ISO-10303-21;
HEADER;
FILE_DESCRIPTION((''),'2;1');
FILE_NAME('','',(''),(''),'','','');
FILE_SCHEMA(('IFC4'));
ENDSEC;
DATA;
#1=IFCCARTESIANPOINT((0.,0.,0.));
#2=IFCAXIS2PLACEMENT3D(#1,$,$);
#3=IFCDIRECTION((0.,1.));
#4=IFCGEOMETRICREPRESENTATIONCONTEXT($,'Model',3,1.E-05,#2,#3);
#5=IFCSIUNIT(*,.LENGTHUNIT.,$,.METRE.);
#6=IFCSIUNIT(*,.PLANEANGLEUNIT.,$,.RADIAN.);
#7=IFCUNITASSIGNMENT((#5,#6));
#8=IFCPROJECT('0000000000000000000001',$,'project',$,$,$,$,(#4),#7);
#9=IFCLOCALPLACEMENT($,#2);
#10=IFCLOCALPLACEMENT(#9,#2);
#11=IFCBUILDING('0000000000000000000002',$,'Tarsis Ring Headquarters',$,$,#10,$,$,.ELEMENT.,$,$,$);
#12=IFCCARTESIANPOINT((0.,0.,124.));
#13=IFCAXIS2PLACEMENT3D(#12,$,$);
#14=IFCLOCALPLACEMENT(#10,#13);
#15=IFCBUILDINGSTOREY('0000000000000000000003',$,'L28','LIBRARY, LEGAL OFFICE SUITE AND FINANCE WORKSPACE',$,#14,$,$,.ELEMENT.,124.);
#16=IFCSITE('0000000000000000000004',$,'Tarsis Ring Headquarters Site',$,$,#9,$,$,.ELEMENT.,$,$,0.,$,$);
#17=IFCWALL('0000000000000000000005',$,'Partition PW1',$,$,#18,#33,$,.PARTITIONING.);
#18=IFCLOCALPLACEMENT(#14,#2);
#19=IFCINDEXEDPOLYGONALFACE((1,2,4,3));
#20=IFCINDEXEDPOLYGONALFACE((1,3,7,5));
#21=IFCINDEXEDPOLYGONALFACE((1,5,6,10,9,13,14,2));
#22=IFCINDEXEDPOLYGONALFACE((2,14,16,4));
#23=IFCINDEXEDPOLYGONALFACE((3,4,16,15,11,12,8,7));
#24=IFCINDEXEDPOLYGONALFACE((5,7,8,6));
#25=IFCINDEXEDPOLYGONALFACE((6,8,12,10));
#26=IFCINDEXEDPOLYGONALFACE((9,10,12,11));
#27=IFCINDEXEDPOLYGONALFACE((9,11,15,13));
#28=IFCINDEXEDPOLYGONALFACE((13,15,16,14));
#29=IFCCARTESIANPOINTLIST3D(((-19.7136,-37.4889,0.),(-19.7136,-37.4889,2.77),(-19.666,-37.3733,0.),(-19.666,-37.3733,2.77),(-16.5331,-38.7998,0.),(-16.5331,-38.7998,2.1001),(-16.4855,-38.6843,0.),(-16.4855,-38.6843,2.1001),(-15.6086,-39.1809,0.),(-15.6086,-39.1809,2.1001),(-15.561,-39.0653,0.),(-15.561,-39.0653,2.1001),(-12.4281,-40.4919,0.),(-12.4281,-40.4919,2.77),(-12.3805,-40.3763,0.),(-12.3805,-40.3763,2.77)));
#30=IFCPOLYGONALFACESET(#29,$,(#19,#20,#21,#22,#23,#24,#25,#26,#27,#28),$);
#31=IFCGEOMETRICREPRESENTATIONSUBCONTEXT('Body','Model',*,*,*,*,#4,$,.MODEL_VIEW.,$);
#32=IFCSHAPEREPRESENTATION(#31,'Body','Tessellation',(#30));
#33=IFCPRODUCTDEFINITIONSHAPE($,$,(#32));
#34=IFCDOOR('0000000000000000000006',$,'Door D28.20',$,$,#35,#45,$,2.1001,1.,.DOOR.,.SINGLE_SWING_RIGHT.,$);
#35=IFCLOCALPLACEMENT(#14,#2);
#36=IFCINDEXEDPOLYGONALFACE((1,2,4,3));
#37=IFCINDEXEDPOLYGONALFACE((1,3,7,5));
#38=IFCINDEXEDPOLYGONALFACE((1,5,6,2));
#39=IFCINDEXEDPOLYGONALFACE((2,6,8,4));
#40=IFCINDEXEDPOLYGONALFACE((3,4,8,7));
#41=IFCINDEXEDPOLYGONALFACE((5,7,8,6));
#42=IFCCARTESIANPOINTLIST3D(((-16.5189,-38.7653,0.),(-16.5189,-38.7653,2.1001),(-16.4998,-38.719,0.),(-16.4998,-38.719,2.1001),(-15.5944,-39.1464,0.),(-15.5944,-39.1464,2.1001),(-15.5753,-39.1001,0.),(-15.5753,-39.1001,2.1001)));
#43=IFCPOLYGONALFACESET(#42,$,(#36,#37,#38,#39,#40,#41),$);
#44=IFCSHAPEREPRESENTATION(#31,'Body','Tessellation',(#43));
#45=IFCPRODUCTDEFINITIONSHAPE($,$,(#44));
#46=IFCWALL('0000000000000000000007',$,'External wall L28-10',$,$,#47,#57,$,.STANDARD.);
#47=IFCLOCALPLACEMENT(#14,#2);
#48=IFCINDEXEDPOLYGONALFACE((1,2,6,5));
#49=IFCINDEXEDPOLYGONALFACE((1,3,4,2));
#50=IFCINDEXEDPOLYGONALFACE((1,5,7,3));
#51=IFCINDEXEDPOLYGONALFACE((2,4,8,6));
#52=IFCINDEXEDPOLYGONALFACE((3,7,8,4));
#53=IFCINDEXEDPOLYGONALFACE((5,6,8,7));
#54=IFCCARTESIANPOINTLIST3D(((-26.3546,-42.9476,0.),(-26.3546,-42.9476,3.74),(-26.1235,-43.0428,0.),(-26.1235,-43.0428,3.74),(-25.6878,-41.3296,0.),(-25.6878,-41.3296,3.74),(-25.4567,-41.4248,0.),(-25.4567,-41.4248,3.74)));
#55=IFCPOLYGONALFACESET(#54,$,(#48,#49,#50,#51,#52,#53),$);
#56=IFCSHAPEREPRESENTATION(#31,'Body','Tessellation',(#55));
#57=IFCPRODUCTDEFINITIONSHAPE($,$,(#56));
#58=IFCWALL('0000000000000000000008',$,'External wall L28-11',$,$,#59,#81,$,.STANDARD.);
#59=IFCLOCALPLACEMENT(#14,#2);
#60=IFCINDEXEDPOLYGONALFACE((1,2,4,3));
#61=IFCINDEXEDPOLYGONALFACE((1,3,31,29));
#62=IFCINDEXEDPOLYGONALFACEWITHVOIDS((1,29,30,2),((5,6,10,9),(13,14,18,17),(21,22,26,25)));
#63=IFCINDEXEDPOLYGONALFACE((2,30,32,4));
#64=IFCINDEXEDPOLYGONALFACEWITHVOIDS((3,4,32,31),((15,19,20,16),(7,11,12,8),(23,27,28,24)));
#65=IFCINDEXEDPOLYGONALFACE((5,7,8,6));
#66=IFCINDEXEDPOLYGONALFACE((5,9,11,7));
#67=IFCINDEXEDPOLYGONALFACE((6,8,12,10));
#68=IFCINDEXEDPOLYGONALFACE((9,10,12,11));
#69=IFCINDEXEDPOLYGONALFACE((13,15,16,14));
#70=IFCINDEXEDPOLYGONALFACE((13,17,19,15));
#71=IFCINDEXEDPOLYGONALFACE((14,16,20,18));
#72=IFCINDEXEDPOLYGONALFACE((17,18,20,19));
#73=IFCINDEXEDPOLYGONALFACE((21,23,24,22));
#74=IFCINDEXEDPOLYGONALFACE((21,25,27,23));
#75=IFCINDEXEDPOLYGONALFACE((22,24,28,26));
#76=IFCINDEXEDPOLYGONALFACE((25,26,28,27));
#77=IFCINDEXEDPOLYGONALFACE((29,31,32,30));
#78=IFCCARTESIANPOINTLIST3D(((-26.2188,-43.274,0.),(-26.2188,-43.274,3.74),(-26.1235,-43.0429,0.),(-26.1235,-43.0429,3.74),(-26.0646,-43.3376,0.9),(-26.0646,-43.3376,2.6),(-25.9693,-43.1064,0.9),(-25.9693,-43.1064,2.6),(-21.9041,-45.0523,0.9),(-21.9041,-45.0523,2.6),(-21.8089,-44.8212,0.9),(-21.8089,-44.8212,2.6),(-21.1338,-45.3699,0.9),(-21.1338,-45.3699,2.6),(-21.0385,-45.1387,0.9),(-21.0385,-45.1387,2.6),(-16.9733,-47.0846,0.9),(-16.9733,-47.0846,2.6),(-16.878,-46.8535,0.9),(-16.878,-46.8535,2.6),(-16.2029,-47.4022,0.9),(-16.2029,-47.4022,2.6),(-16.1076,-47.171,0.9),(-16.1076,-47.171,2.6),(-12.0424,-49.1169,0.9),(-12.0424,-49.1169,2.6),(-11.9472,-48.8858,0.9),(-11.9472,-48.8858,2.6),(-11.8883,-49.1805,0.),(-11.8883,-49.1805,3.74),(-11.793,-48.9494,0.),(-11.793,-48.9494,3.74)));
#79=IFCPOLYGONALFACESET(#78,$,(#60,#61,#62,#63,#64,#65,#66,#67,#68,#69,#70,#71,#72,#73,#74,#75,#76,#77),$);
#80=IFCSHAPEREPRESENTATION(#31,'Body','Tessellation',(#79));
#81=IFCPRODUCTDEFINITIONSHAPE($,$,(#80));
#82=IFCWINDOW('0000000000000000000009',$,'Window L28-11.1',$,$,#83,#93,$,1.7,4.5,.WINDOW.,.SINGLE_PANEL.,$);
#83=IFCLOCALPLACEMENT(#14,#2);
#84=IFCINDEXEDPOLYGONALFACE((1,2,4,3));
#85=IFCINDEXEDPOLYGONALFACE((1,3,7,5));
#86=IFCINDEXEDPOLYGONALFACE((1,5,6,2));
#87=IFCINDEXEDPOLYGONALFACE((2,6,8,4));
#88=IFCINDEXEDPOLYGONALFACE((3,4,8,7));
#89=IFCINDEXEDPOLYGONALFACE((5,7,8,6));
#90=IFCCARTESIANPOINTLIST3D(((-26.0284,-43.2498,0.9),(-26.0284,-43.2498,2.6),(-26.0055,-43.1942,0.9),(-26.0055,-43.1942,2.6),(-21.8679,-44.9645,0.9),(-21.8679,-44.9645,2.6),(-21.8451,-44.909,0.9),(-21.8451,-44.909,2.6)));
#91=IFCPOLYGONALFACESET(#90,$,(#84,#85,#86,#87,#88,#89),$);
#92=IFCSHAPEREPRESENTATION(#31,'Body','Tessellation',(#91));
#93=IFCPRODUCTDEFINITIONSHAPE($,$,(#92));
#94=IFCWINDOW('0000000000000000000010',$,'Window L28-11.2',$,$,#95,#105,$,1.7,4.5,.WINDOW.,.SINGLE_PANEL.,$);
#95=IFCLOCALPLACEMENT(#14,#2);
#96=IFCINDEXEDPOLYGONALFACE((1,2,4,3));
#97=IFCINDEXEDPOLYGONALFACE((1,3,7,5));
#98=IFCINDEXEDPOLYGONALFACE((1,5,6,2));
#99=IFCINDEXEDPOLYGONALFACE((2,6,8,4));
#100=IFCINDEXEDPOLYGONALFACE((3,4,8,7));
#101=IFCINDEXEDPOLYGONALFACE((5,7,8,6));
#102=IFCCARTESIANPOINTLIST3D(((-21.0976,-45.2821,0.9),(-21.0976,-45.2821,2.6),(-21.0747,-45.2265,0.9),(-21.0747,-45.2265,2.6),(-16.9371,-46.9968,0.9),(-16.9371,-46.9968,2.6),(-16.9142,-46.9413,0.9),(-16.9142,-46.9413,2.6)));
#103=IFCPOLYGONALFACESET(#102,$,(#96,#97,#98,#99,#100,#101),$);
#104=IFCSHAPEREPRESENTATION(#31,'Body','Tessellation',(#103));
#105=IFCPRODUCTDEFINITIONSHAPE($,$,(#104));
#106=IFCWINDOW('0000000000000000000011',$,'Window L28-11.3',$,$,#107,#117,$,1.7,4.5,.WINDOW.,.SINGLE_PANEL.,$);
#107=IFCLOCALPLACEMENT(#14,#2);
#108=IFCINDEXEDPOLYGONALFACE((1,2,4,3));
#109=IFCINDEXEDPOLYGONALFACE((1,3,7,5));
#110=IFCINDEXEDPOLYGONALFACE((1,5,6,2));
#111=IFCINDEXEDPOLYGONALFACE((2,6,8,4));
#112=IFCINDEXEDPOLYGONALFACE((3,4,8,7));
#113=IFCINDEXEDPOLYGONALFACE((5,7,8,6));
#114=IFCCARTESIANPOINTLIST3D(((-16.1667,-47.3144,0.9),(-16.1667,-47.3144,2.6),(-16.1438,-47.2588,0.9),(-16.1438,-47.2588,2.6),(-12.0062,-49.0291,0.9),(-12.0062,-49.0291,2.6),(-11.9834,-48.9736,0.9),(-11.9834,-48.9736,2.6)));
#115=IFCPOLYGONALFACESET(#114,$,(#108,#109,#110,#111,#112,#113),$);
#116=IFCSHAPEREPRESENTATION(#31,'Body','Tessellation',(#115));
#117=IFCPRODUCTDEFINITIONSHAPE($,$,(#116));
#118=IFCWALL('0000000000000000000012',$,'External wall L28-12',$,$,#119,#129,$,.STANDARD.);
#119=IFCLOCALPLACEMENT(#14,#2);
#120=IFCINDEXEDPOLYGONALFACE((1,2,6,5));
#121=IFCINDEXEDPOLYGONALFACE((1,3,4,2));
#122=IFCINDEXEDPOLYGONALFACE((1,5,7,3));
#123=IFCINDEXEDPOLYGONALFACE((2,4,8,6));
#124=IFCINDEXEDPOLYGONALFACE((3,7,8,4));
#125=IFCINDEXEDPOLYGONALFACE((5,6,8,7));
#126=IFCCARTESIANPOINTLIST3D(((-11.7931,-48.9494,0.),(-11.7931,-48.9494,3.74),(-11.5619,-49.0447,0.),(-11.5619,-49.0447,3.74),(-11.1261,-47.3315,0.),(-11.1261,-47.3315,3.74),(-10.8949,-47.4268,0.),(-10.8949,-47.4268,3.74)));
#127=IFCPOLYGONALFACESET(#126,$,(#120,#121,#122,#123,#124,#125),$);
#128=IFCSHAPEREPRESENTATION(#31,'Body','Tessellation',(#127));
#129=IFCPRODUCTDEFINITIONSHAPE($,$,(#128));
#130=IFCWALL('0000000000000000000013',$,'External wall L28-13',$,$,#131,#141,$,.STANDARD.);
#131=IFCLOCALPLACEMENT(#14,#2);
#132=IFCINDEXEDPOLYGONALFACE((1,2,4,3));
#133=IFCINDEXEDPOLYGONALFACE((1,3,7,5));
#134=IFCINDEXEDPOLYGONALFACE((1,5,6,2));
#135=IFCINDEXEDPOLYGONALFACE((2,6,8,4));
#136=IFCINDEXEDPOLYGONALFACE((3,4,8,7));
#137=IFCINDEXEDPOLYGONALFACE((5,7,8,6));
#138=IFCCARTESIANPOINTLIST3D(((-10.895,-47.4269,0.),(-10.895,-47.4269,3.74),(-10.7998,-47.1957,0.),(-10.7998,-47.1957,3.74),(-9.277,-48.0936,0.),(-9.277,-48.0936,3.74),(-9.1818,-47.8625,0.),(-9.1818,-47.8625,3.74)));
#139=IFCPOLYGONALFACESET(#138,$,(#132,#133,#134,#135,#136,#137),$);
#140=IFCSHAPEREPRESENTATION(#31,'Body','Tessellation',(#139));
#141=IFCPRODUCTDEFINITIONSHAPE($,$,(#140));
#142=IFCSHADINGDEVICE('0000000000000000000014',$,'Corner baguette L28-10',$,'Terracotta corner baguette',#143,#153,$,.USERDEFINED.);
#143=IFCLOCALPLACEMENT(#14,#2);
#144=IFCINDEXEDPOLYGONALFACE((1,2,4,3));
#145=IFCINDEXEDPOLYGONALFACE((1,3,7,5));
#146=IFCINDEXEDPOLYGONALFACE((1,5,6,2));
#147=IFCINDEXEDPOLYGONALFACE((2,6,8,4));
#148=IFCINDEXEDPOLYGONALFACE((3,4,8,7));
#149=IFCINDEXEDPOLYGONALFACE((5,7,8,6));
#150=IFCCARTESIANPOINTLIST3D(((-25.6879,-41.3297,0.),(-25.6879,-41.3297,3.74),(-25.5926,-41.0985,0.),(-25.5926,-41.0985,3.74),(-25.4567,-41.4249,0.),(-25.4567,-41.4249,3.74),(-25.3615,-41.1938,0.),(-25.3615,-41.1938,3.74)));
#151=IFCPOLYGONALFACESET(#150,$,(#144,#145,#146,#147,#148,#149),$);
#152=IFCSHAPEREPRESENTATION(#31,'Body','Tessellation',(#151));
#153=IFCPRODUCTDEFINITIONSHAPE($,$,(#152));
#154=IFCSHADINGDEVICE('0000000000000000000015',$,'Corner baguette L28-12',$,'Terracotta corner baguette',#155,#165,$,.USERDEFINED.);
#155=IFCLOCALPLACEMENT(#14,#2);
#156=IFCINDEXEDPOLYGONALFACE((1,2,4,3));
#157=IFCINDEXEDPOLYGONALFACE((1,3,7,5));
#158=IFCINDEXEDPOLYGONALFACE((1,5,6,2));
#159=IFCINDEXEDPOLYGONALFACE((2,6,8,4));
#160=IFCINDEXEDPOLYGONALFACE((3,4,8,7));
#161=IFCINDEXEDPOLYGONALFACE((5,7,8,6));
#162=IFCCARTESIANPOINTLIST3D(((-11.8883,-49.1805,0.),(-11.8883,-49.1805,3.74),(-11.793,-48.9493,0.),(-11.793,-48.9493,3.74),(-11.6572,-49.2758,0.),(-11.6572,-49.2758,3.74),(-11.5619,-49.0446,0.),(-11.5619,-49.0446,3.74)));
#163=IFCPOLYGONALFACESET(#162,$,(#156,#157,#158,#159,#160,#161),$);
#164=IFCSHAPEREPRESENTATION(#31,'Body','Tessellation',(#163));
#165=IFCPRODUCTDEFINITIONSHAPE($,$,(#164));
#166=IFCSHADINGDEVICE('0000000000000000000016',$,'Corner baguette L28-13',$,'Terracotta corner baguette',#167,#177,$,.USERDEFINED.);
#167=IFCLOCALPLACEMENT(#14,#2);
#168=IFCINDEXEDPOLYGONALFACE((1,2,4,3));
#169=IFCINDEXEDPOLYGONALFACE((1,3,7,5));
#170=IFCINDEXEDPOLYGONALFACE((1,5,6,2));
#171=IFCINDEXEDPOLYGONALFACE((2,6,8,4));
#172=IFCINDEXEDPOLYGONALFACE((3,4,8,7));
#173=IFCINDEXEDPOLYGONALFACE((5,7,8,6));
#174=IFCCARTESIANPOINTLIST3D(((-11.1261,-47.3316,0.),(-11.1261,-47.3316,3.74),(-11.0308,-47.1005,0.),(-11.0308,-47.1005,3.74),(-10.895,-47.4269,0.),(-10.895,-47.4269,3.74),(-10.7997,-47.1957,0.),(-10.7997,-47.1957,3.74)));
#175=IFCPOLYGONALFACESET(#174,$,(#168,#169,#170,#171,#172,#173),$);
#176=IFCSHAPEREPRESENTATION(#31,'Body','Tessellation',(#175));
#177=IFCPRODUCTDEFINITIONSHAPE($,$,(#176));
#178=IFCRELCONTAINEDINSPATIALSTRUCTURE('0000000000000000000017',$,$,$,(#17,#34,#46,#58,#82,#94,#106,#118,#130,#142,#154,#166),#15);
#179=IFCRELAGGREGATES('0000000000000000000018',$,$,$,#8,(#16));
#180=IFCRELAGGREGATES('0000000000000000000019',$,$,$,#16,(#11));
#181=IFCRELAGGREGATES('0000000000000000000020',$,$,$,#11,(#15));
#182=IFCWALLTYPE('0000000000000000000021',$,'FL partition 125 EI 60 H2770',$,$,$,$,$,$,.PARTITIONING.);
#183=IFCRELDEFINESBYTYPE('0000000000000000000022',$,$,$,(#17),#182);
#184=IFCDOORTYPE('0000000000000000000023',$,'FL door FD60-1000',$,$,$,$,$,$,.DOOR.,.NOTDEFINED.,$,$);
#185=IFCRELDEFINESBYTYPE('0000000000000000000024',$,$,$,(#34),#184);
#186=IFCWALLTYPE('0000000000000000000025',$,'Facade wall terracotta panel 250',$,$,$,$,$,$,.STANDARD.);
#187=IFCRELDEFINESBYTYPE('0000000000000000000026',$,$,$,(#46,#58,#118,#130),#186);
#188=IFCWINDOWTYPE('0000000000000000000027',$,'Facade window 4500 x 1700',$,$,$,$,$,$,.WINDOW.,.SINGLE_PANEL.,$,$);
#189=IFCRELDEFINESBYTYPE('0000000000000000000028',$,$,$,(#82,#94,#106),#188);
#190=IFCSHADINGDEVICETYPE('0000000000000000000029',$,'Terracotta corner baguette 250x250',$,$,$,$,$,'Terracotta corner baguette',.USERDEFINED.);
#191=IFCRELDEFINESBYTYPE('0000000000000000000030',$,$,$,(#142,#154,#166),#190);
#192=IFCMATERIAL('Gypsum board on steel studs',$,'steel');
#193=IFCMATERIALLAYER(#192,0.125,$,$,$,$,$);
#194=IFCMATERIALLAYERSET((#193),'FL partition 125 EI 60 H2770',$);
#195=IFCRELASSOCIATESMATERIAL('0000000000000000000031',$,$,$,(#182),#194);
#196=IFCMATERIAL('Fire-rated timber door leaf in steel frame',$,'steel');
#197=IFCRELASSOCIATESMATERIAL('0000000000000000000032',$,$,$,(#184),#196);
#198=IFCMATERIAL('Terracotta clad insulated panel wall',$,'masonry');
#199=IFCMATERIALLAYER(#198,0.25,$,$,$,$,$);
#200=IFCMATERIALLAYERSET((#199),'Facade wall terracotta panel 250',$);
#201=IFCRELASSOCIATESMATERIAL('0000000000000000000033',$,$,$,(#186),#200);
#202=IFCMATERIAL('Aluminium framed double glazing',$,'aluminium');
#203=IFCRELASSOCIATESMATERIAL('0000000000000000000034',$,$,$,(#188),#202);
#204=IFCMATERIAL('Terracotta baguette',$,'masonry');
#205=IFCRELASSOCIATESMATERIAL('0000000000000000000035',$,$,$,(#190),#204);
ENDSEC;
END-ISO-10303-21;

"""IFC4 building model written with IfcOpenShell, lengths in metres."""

from ifc_helpers import new_model, si_unit, direction, frame, frame_2d, origin, origin_2d, place, context, subcontext, project, spatial, rectangle, extrude, material, layer, layer_set, type_object, element, fill, save


model = new_model("IFC4")

# Units and contexts
model_context = context("Model", 3, precision=1e-05, world=origin(), true_north=direction((0.0, 1.0)))
body_context = subcontext(model_context, "Body", "Model", "MODEL_VIEW")
ifc_project = project(units=[si_unit("LENGTHUNIT", "METRE"), si_unit("PLANEANGLEUNIT", "RADIAN")], contexts=[model_context])

# Site, building, storey
site_placement = place(None, origin())
site = spatial("IfcSite", under=ifc_project, at=site_placement, Name="Tarsis Ring Headquarters Site", CompositionType="ELEMENT", RefElevation=0.0)
building_placement = place(site_placement, origin())
building = spatial("IfcBuilding", under=site, at=building_placement, Name="Tarsis Ring Headquarters", CompositionType="ELEMENT")
storey_placement = place(building_placement, frame((0.0, 0.0, 124.0)))
storey = spatial("IfcBuildingStorey", under=building, at=storey_placement, Name="L28", Description="LIBRARY, LEGAL OFFICE SUITE AND FINANCE WORKSPACE", CompositionType="ELEMENT", Elevation=124.0)

# Shared definitions
ifc_material_1 = material(Name="Gypsum board on steel studs", Category="steel")

# Shared definitions
ifc_layer_1 = layer(ifc_material_1, 0.125)
ifc_layer_set_1 = layer_set([ifc_layer_1], Name="FL partition 125 EI 60 H2770")
wall_type_1 = type_object("IfcWallType", Name="FL partition 125 EI 60 H2770", PredefinedType="PARTITIONING", material=ifc_layer_set_1)
ifc_material_2 = material(Name="Fire-rated timber door leaf in steel frame", Category="steel")
door_type_1 = type_object("IfcDoorType", Name="FL door FD60-1000", OperationType="NOTDEFINED", PredefinedType="DOOR", material=ifc_material_2)

# Wall, opening, door
wall_1_placement = place(storey_placement, frame((-19.6897, -37.4312, 0.0), z_axis=(0.0, 0.0, 1.0), x_axis=(0.924541, -0.381082, 0.0)))
wall_1 = element("IfcWall", 1, at=wall_1_placement, inside=storey, type_object=wall_type_1, Name="Partition PW1", PredefinedType="PARTITIONING", context=body_context, shape_type="SweptSolid", body=[
    extrude(rectangle(XDim=7.8801, YDim=0.125, at=frame_2d((3.9399, 0.0))), origin(), (0.0, 0.0, 1.0), 2.77),
])
opening_1_placement = place(wall_1_placement, frame((3.4399, 0.0, 0.0)))
opening_1 = element("IfcOpeningElement", 2, at=opening_1_placement, cuts=wall_1, PredefinedType="OPENING", context=body_context, shape_type="SweptSolid", body=[
    extrude(rectangle(XDim=1.0, YDim=2.1001, at=frame_2d((0.5, 1.05))), frame((0.0, 0.0725, 0.0), z_axis=(0.0, -1.0, 0.0), x_axis=(1.0, 0.0, 0.0)), (0.0, 0.0, 1.0), 0.145),
])
door_1_placement = place(opening_1_placement, origin())
door_1 = element("IfcDoor", 3, at=door_1_placement, inside=storey, type_object=door_type_1, Name="Door D28.20", OperationType="SINGLE_SWING_RIGHT", OverallHeight=2.1001, OverallWidth=1.0, PredefinedType="DOOR", context=body_context, shape_type="SweptSolid", body=[
    extrude(rectangle(XDim=1.0, YDim=2.1001, at=frame_2d((0.5, 1.05))), frame((0.0, 0.0249, 0.0), z_axis=(0.0, -1.0, 0.0), x_axis=(1.0, 0.0, 0.0)), (0.0, 0.0, 1.0), 0.05),
])
fill(opening_1, door_1)

# Wall
ifc_material_3 = material(Name="Terracotta clad insulated panel wall", Category="masonry")
ifc_layer_2 = layer(ifc_material_3, 0.25)
ifc_layer_set_2 = layer_set([ifc_layer_2], Name="Facade wall terracotta panel 250")
wall_type_2 = type_object("IfcWallType", Name="Facade wall terracotta panel 250", PredefinedType="STANDARD", material=ifc_layer_set_2)
wall_2_placement = place(storey_placement, frame((-25.5723, -41.3772, 0.0), z_axis=(0.0, 0.0, 1.0), x_axis=(-0.381016, -0.924568, 0.0)))
element("IfcWall", 4, at=wall_2_placement, inside=storey, type_object=wall_type_2, Name="External wall L28-10", PredefinedType="STANDARD", context=body_context, shape_type="SweptSolid", body=[
    extrude(rectangle(XDim=1.75, YDim=0.25, at=frame_2d((0.875, 0.0))), origin(), (0.0, 0.0, 1.0), 3.74),
])

# Wall, openings, windows
wall_3_placement = place(storey_placement, frame((-26.1711, -43.1584, 0.0), z_axis=(0.0, 0.0, 1.0), x_axis=(0.924549, -0.381063, 0.0)))
wall_3 = element("IfcWall", 5, at=wall_3_placement, inside=storey, type_object=wall_type_2, Name="External wall L28-11", PredefinedType="STANDARD", context=body_context, shape_type="SweptSolid", body=[
    extrude(rectangle(XDim=15.5, YDim=0.25, at=frame_2d((7.75, 0.0))), origin(), (0.0, 0.0, 1.0), 3.74),
])
opening_2_placement = place(wall_3_placement, frame((0.1667, 0.0, 0.8999)))
opening_2 = element("IfcOpeningElement", 6, at=opening_2_placement, cuts=wall_3, PredefinedType="OPENING", context=body_context, shape_type="SweptSolid", body=[
    extrude(rectangle(XDim=4.5, YDim=1.7, at=frame_2d((2.25, 0.8501))), frame((0.0, 0.135, 0.0), z_axis=(0.0, -1.0, 0.0), x_axis=(1.0, 0.0, 0.0)), (0.0, 0.0, 1.0), 0.27),
])
opening_3_placement = place(wall_3_placement, frame((5.5, 0.0, 0.8999)))
opening_3 = element("IfcOpeningElement", 7, at=opening_3_placement, cuts=wall_3, PredefinedType="OPENING", context=body_context, shape_type="SweptSolid", body=[
    extrude(rectangle(XDim=4.5, YDim=1.7, at=frame_2d((2.25, 0.8501))), frame((0.0, 0.135, 0.0), z_axis=(0.0, -1.0, 0.0), x_axis=(1.0, 0.0, 0.0)), (0.0, 0.0, 1.0), 0.27),
])
opening_4_placement = place(wall_3_placement, frame((10.8333, 0.0, 0.8999)))
opening_4 = element("IfcOpeningElement", 8, at=opening_4_placement, cuts=wall_3, PredefinedType="OPENING", context=body_context, shape_type="SweptSolid", body=[
    extrude(rectangle(XDim=4.5, YDim=1.7, at=frame_2d((2.25, 0.8501))), frame((0.0, 0.135, 0.0), z_axis=(0.0, -1.0, 0.0), x_axis=(1.0, 0.0, 0.0)), (0.0, 0.0, 1.0), 0.27),
])
ifc_material_4 = material(Name="Aluminium framed double glazing", Category="aluminium")
window_type = type_object("IfcWindowType", Name="Facade window 4500 x 1700", PartitioningType="SINGLE_PANEL", PredefinedType="WINDOW", material=ifc_material_4)
window_1_placement = place(opening_2_placement, origin())
window_1 = element("IfcWindow", 9, at=window_1_placement, inside=storey, type_object=window_type, Name="Window L28-11.1", OverallHeight=1.7, OverallWidth=4.5, PartitioningType="SINGLE_PANEL", PredefinedType="WINDOW", context=body_context, shape_type="SweptSolid", body=[
    extrude(rectangle(XDim=4.5, YDim=1.7, at=frame_2d((2.25, 0.8501))), frame((0.0, 0.03, 0.0), z_axis=(0.0, -1.0, 0.0), x_axis=(1.0, 0.0, 0.0)), (0.0, 0.0, 1.0), 0.0601),
])
fill(opening_2, window_1)
window_2_placement = place(opening_3_placement, origin())
window_2 = element("IfcWindow", 10, at=window_2_placement, inside=storey, type_object=window_type, Name="Window L28-11.2", OverallHeight=1.7, OverallWidth=4.5, PartitioningType="SINGLE_PANEL", PredefinedType="WINDOW", context=body_context, shape_type="SweptSolid", body=[
    extrude(rectangle(XDim=4.5, YDim=1.7, at=frame_2d((2.25, 0.8501))), frame((0.0, 0.03, 0.0), z_axis=(0.0, -1.0, 0.0), x_axis=(1.0, 0.0, 0.0)), (0.0, 0.0, 1.0), 0.0601),
])
fill(opening_3, window_2)
window_3_placement = place(opening_4_placement, origin())
window_3 = element("IfcWindow", 11, at=window_3_placement, inside=storey, type_object=window_type, Name="Window L28-11.3", OverallHeight=1.7, OverallWidth=4.5, PartitioningType="SINGLE_PANEL", PredefinedType="WINDOW", context=body_context, shape_type="SweptSolid", body=[
    extrude(rectangle(XDim=4.5, YDim=1.7, at=frame_2d((2.25, 0.8501))), frame((0.0, 0.03, 0.0), z_axis=(0.0, -1.0, 0.0), x_axis=(1.0, 0.0, 0.0)), (0.0, 0.0, 1.0), 0.0601),
])
fill(opening_4, window_3)

# Walls
for number, where, z_axis, x_axis, name in (
    (12, (-11.6775, -48.9971, 0.0), (0.0, 0.0, 1.0), (0.381136, 0.924519, 0.0), "External wall L28-12"),
    (13, (-10.8474, -47.3113, 0.0), (0.0, 0.0, 1.0), (0.924568, -0.381016, 0.0), "External wall L28-13"),
):
    element("IfcWall", number, at=place(storey_placement, frame(where, z_axis=z_axis, x_axis=x_axis)), inside=storey, type_object=wall_type_2, Name=name, PredefinedType="STANDARD", context=body_context, shape_type="SweptSolid", body=[
        extrude(rectangle(XDim=1.75, YDim=0.25, at=frame_2d((0.875, 0.0))), origin(), (0.0, 0.0, 1.0), 3.74),
    ])

# Shading devices
ifc_material_5 = material(Name="Terracotta baguette", Category="masonry")
shading_device_type_1 = type_object("IfcShadingDeviceType", Name="Terracotta corner baguette 250x250", ElementType="Terracotta corner baguette", PredefinedType="USERDEFINED", material=ifc_material_5)
for number, where, z_axis, x_axis, name in (
    (14, (-25.5247, -41.2617, 0.0), (0.0, 0.0, 1.0), (0.924546, -0.381071, 0.0), "Corner baguette L28-10"),
    (15, (-11.7251, -49.1125, 0.0), (0.0, 0.0, 1.0), (0.924546, -0.38107, 0.0), "Corner baguette L28-12"),
    (16, (-10.9629, -47.2637, 0.0), (0.0, 0.0, 1.0), (0.381071, 0.924546, 0.0), "Corner baguette L28-13"),
):
    element("IfcShadingDevice", number, at=place(storey_placement, frame(where, z_axis=z_axis, x_axis=x_axis)), inside=storey, type_object=shading_device_type_1, Name=name, ObjectType="Terracotta corner baguette", PredefinedType="USERDEFINED", context=body_context, shape_type="SweptSolid", body=[
        extrude(rectangle(XDim=0.25, YDim=0.25, at=origin_2d()), origin(), (0.0, 0.0, 1.0), 3.74),
    ])

save(model, "model.ifc")
